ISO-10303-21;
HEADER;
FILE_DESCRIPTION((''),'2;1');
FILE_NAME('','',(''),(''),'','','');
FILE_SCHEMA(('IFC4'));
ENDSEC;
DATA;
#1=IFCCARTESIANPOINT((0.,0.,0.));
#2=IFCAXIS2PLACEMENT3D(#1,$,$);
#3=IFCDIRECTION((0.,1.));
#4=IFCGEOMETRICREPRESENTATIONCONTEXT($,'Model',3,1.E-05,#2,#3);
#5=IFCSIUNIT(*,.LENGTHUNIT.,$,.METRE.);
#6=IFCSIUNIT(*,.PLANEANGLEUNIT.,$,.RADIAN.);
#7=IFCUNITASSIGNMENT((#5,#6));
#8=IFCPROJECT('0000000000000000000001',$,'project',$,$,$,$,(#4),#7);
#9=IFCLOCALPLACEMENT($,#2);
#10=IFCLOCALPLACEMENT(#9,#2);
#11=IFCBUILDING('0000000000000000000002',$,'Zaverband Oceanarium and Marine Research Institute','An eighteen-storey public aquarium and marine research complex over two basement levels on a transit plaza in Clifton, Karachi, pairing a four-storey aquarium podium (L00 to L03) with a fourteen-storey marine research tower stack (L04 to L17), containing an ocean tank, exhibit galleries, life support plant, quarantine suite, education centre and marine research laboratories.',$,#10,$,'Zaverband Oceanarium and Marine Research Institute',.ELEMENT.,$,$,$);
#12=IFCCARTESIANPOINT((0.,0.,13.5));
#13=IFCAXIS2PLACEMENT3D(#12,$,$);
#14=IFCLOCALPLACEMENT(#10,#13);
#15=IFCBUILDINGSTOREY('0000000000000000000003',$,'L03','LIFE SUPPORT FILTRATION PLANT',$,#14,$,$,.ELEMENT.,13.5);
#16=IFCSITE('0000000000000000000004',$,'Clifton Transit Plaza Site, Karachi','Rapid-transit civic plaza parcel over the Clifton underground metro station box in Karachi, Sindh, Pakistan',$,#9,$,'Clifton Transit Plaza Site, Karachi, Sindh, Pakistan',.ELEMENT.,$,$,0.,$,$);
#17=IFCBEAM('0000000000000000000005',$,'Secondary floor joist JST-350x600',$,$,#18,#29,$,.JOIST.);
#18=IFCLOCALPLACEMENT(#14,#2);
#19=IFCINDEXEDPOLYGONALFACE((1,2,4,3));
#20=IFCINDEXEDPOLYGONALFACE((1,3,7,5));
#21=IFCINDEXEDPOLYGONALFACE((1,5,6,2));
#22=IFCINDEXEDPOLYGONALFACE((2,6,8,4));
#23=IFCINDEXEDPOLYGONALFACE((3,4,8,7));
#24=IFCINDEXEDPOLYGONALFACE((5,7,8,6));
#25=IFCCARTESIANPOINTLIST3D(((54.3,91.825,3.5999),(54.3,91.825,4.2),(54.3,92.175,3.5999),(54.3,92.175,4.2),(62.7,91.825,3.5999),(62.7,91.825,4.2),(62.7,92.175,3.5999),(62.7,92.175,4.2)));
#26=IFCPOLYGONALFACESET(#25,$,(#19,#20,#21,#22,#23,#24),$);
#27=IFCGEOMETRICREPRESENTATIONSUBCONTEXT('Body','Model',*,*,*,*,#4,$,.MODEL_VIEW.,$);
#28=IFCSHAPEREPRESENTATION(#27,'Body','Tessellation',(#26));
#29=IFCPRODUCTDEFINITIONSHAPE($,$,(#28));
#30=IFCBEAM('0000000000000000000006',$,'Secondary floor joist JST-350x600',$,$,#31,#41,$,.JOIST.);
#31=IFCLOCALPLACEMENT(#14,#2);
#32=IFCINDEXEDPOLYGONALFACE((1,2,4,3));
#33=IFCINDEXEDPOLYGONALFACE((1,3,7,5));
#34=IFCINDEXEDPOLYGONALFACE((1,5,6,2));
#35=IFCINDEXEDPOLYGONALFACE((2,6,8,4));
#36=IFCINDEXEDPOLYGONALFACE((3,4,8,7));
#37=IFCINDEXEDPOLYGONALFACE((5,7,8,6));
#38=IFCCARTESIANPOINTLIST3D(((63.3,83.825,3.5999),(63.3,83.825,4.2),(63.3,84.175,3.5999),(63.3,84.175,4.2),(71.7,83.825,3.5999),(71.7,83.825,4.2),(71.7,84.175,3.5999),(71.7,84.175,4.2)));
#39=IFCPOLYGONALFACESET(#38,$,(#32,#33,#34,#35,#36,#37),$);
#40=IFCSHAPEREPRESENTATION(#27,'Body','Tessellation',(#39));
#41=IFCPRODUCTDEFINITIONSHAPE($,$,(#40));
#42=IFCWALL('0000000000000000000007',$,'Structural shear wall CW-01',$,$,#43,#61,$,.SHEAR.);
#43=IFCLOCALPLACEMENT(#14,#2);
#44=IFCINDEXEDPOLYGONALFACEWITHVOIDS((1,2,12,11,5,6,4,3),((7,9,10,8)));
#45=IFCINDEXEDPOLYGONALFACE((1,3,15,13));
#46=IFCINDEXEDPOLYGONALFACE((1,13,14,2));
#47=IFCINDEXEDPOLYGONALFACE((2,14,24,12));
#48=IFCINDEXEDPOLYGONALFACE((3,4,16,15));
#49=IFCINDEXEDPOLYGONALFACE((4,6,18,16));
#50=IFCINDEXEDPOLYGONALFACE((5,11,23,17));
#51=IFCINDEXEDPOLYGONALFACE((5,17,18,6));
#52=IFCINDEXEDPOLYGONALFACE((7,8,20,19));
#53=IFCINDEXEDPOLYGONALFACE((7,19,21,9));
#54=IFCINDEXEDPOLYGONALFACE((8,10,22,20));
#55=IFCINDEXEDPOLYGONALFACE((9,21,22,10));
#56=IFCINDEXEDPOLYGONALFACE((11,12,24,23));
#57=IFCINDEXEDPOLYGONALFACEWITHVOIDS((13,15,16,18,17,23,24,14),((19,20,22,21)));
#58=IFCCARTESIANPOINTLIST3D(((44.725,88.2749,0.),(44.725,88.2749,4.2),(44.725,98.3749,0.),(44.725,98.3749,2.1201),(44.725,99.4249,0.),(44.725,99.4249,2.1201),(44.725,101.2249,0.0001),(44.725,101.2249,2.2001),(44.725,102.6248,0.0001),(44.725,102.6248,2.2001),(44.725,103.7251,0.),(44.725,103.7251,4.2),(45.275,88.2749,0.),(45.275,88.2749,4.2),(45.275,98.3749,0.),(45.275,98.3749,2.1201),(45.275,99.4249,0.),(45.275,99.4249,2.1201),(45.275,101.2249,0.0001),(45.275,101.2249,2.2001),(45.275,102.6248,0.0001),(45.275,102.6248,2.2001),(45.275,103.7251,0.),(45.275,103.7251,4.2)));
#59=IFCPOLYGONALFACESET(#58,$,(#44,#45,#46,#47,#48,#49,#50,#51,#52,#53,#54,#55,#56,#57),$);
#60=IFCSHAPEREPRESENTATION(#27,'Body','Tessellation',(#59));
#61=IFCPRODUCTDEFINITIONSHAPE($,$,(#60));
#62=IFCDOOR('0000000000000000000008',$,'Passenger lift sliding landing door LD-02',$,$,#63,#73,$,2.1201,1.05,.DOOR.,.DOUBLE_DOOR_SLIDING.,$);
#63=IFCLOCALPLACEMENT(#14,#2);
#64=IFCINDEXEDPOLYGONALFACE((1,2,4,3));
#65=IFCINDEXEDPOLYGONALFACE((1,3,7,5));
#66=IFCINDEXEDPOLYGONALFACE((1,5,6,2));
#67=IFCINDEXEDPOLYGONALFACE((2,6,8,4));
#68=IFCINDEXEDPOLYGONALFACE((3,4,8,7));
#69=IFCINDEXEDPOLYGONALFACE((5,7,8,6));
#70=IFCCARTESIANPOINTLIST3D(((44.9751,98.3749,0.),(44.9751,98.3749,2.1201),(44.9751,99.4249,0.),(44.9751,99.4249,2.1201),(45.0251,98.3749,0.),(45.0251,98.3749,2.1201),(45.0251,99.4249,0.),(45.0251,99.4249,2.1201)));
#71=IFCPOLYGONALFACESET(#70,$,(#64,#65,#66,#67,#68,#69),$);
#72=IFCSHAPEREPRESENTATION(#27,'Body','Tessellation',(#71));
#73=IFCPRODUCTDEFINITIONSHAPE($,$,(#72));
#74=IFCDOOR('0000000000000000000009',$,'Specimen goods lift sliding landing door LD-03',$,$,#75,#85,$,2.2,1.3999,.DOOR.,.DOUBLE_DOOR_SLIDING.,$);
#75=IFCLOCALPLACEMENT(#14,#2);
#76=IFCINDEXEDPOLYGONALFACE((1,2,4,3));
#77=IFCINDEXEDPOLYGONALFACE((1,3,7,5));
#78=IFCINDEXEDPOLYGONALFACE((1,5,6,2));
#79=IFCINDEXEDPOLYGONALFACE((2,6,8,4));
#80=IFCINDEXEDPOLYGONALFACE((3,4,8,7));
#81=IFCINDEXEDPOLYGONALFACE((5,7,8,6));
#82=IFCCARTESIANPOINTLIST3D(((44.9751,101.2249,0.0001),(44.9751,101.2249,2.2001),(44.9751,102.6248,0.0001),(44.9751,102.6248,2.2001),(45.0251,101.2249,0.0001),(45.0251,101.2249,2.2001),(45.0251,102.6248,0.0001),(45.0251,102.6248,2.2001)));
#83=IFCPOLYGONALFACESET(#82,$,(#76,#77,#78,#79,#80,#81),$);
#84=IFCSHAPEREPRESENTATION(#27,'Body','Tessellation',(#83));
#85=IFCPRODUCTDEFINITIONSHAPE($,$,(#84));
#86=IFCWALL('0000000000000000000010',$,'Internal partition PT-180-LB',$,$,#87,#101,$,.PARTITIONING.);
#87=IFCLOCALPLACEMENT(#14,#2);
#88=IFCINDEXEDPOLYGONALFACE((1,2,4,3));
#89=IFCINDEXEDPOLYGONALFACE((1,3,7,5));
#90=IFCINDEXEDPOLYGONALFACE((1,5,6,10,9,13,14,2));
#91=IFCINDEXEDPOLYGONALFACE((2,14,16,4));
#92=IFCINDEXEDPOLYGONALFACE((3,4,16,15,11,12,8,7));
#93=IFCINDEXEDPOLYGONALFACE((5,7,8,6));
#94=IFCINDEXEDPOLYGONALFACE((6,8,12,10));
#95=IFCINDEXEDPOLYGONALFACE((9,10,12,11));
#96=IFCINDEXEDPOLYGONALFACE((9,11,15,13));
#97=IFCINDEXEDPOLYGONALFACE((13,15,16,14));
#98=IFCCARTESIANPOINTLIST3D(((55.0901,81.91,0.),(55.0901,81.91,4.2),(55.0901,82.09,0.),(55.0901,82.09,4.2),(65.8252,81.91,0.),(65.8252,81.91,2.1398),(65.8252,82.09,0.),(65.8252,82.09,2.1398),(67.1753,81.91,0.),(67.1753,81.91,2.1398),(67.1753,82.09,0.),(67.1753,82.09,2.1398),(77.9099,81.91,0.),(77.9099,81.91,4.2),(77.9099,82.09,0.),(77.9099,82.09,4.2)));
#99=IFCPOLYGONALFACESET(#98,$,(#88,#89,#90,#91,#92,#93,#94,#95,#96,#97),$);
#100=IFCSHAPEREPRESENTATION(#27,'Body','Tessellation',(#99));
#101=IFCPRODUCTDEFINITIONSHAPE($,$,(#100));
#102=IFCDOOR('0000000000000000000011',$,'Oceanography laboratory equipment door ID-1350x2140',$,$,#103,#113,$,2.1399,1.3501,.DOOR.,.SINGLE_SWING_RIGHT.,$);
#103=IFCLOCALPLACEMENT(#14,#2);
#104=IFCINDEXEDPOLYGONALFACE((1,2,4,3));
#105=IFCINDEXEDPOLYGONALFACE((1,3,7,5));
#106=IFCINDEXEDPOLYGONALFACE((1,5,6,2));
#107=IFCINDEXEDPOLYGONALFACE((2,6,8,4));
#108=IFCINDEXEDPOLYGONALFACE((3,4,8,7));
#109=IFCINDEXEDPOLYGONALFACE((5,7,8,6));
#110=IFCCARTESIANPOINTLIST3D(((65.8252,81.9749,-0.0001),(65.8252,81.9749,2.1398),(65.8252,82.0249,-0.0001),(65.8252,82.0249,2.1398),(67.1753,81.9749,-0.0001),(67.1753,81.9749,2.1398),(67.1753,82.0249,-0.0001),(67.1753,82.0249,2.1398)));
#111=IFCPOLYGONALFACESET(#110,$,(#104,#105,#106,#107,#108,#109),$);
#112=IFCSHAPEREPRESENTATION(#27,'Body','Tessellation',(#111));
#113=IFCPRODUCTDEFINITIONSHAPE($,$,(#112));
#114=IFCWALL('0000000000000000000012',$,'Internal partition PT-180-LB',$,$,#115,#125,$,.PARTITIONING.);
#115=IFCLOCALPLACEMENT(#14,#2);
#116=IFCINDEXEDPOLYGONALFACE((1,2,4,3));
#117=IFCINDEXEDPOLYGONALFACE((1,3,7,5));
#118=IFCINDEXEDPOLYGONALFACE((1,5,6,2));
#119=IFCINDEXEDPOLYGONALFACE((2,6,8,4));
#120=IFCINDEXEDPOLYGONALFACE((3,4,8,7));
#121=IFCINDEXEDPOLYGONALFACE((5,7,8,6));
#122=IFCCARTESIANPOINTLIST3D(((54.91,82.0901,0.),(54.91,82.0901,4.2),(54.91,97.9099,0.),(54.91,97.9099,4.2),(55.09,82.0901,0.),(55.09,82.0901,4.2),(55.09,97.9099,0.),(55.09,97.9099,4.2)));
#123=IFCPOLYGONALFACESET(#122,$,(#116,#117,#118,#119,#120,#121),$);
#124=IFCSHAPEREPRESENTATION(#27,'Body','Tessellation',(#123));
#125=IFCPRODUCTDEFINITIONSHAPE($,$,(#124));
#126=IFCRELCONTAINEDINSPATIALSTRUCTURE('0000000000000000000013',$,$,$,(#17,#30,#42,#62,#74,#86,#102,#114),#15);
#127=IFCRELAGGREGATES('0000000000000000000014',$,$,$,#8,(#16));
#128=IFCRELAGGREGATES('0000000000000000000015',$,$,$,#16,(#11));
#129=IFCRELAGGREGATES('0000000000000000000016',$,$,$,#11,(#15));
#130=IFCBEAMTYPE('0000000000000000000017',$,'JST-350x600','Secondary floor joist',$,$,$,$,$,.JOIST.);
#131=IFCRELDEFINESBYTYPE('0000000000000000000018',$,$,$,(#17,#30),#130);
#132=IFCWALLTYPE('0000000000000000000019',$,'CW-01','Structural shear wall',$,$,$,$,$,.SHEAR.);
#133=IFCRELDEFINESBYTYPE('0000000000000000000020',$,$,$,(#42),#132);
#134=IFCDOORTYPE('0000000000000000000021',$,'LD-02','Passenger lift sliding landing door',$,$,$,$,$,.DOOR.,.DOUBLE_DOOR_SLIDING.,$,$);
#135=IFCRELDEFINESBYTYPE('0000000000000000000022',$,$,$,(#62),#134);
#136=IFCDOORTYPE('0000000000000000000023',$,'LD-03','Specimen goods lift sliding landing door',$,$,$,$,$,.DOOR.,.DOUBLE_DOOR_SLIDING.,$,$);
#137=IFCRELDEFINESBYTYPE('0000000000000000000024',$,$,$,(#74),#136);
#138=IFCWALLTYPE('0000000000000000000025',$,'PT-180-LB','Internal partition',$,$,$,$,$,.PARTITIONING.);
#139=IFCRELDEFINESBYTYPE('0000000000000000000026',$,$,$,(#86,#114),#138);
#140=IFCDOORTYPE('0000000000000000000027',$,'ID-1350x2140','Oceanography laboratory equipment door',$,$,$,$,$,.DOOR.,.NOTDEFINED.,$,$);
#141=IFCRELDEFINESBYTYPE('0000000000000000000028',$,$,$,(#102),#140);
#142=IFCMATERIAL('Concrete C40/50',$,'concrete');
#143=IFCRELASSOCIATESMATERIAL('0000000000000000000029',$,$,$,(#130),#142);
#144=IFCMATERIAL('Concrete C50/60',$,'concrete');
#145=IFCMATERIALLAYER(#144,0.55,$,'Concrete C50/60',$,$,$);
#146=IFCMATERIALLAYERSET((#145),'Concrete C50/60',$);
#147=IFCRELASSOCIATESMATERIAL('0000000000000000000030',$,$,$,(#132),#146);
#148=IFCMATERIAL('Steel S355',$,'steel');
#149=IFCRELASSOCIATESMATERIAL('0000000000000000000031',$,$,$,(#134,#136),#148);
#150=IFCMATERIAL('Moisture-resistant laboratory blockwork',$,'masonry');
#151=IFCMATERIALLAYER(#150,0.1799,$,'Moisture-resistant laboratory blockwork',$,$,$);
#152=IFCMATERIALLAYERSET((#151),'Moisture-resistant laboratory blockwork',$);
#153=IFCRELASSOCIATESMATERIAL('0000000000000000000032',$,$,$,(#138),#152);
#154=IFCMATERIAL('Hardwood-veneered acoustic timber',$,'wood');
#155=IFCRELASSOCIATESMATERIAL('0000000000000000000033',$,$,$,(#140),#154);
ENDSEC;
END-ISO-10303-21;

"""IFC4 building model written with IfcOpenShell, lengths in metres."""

from ifc_helpers import new_model, si_unit, direction, frame, frame_2d, origin, origin_2d, place, context, subcontext, project, spatial, rectangle, extrude, material, layer, layer_set, material_profile, profile_set, type_object, element, fill, save


model = new_model("IFC4")

# Units and contexts
model_context = context("Model", 3, precision=1e-05, world=origin(), true_north=direction((0.0, 1.0)))
body_context = subcontext(model_context, "Body", "Model", "MODEL_VIEW")
ifc_project = project(units=[si_unit("LENGTHUNIT", "METRE"), si_unit("PLANEANGLEUNIT", "RADIAN")], contexts=[model_context])

# Site, building, storey
site_placement = place(None, origin())
site = spatial("IfcSite", under=ifc_project, at=site_placement, Name="Clifton Transit Plaza Site, Karachi", Description="Rapid-transit civic plaza parcel over the Clifton underground metro station box in Karachi, Sindh, Pakistan", LongName="Clifton Transit Plaza Site, Karachi, Sindh, Pakistan", CompositionType="ELEMENT", RefElevation=0.0)
building_placement = place(site_placement, origin())
building = spatial("IfcBuilding", under=site, at=building_placement, Name="Zaverband Oceanarium and Marine Research Institute", Description="An eighteen-storey public aquarium and marine research complex over two basement levels on a transit plaza in Clifton, Karachi, pairing a four-storey aquarium podium (L00 to L03) with a fourteen-storey marine research tower stack (L04 to L17), containing an ocean tank, exhibit galleries, life support plant, quarantine suite, education centre and marine research laboratories.", LongName="Zaverband Oceanarium and Marine Research Institute", CompositionType="ELEMENT")
storey_placement = place(building_placement, frame((0.0, 0.0, 13.5)))
storey = spatial("IfcBuildingStorey", under=building, at=storey_placement, Name="L03", Description="LIFE SUPPORT FILTRATION PLANT", CompositionType="ELEMENT", Elevation=13.5)

# Shared definitions
ifc_material_1 = material(Name="Concrete C50/60", Category="concrete")

# Beams
ifc_material_2 = material(Name="Concrete C40/50", Category="concrete")
ifc_material_profile_1 = material_profile(ifc_material_2, rectangle(XDim=0.3501, YDim=0.6001, at=origin_2d()), Name="RC350x600")
ifc_profile_set_1 = profile_set([ifc_material_profile_1], Name="Concrete C40/50")
beam_type_1 = type_object("IfcBeamType", Name="JST-350x600", Description="Secondary floor joist", PredefinedType="JOIST", material=ifc_profile_set_1)
for number, where, z_axis, x_axis, name in (
    (1, (54.3, 92.0, 3.8999), (1.0, 0.0, 0.0), (0.0, 1.0, 0.0), "Secondary floor joist JST-350x600"),
    (2, (63.3, 84.0, 3.8999), (1.0, 0.0, 0.0), (0.0, 1.0, 0.0), "Secondary floor joist JST-350x600"),
):
    element("IfcBeam", number, at=place(storey_placement, frame(where, z_axis=z_axis, x_axis=x_axis)), inside=storey, type_object=beam_type_1, Name=name, PredefinedType="JOIST", context=body_context, shape_type="SweptSolid", body=[
        extrude(rectangle(XDim=0.3501, YDim=0.6001, at=origin_2d()), origin(), (0.0, 0.0, 1.0), 8.3999),
    ])

# Wall, openings, doors
ifc_layer_1 = layer(ifc_material_1, 0.55, Name="Concrete C50/60")
ifc_layer_set_1 = layer_set([ifc_layer_1], Name="Concrete C50/60")
wall_type_1 = type_object("IfcWallType", Name="CW-01", Description="Structural shear wall", PredefinedType="SHEAR", material=ifc_layer_set_1)
wall_1_placement = place(storey_placement, frame((45.0, 88.2749, 0.0), z_axis=(0.0, 0.0, 1.0), x_axis=(0.0, 1.0, 0.0)))
wall_1 = element("IfcWall", 3, at=wall_1_placement, inside=storey, type_object=wall_type_1, Name="Structural shear wall CW-01", PredefinedType="SHEAR", context=body_context, shape_type="SweptSolid", body=[
    extrude(rectangle(XDim=15.4502, YDim=0.55, at=frame_2d((7.7251, 0.0))), origin(), (0.0, 0.0, 1.0), 4.2),
])
opening_1_placement = place(wall_1_placement, frame((10.1001, 0.0, 0.0)))
opening_1 = element("IfcOpeningElement", 4, at=opening_1_placement, cuts=wall_1, PredefinedType="OPENING", context=body_context, shape_type="SweptSolid", body=[
    extrude(rectangle(XDim=1.05, YDim=2.1201, at=frame_2d((0.5249, 1.0601))), frame((0.0, 0.2871, 0.0), z_axis=(0.0, -1.0, 0.0), x_axis=(1.0, 0.0, 0.0)), (0.0, 0.0, 1.0), 0.574),
])
opening_2_placement = place(wall_1_placement, frame((12.95, 0.0, 0.0)))
opening_2 = element("IfcOpeningElement", 5, at=opening_2_placement, cuts=wall_1, PredefinedType="OPENING", context=body_context, shape_type="SweptSolid", body=[
    extrude(rectangle(XDim=1.3999, YDim=2.2, at=frame_2d((0.7, 1.1001))), frame((0.0, 0.2871, 0.0), z_axis=(0.0, -1.0, 0.0), x_axis=(1.0, 0.0, 0.0)), (0.0, 0.0, 1.0), 0.574),
])
ifc_material_3 = material(Name="Steel S355", Category="steel")
door_type_1 = type_object("IfcDoorType", Name="LD-02", Description="Passenger lift sliding landing door", OperationType="DOUBLE_DOOR_SLIDING", PredefinedType="DOOR", material=ifc_material_3)
door_1_placement = place(opening_1_placement, origin())
door_1 = element("IfcDoor", 6, at=door_1_placement, inside=storey, type_object=door_type_1, Name="Passenger lift sliding landing door LD-02", OperationType="DOUBLE_DOOR_SLIDING", OverallHeight=2.1201, OverallWidth=1.05, PredefinedType="DOOR", context=body_context, shape_type="SweptSolid", body=[
    extrude(rectangle(XDim=1.05, YDim=2.1201, at=frame_2d((0.5249, 1.0601))), frame((0.0, 0.0249, 0.0), z_axis=(0.0, -1.0, 0.0), x_axis=(1.0, 0.0, 0.0)), (0.0, 0.0, 1.0), 0.05),
])
fill(opening_1, door_1)
door_type_2 = type_object("IfcDoorType", Name="LD-03", Description="Specimen goods lift sliding landing door", OperationType="DOUBLE_DOOR_SLIDING", PredefinedType="DOOR", material=ifc_material_3)
door_2_placement = place(opening_2_placement, origin())
door_2 = element("IfcDoor", 7, at=door_2_placement, inside=storey, type_object=door_type_2, Name="Specimen goods lift sliding landing door LD-03", OperationType="DOUBLE_DOOR_SLIDING", OverallHeight=2.2, OverallWidth=1.3999, PredefinedType="DOOR", context=body_context, shape_type="SweptSolid", body=[
    extrude(rectangle(XDim=1.3999, YDim=2.2, at=frame_2d((0.7, 1.1001))), frame((0.0, 0.0249, 0.0), z_axis=(0.0, -1.0, 0.0), x_axis=(1.0, 0.0, 0.0)), (0.0, 0.0, 1.0), 0.05),
])
fill(opening_2, door_2)

# Wall, opening, door
ifc_material_4 = material(Name="Moisture-resistant laboratory blockwork", Category="masonry")
ifc_layer_2 = layer(ifc_material_4, 0.1799, Name="Moisture-resistant laboratory blockwork")
ifc_layer_set_2 = layer_set([ifc_layer_2], Name="Moisture-resistant laboratory blockwork")
wall_type_2 = type_object("IfcWallType", Name="PT-180-LB", Description="Internal partition", PredefinedType="PARTITIONING", material=ifc_layer_set_2)
wall_2_placement = place(storey_placement, frame((55.0901, 82.0, 0.0), z_axis=(0.0, 0.0, 1.0), x_axis=(1.0, 0.0, 0.0)))
wall_2 = element("IfcWall", 8, at=wall_2_placement, inside=storey, type_object=wall_type_2, Name="Internal partition PT-180-LB", PredefinedType="PARTITIONING", context=body_context, shape_type="SweptSolid", body=[
    extrude(rectangle(XDim=22.8198, YDim=0.1799, at=frame_2d((11.4099, 0.0))), origin(), (0.0, 0.0, 1.0), 4.2),
])
opening_3_placement = place(wall_2_placement, frame((10.7351, 0.0, 0.0)))
opening_3 = element("IfcOpeningElement", 9, at=opening_3_placement, cuts=wall_2, PredefinedType="OPENING", context=body_context, shape_type="SweptSolid", body=[
    extrude(rectangle(XDim=1.3501, YDim=2.1399, at=frame_2d((0.675, 1.0698))), frame((0.0, 0.1021, 0.0), z_axis=(0.0, -1.0, 0.0), x_axis=(1.0, 0.0, 0.0)), (0.0, 0.0, 1.0), 0.2039),
])
ifc_material_5 = material(Name="Hardwood-veneered acoustic timber", Category="wood")
door_type_3 = type_object("IfcDoorType", Name="ID-1350x2140", Description="Oceanography laboratory equipment door", OperationType="NOTDEFINED", PredefinedType="DOOR", material=ifc_material_5)
door_3_placement = place(opening_3_placement, origin())
door_3 = element("IfcDoor", 10, at=door_3_placement, inside=storey, type_object=door_type_3, Name="Oceanography laboratory equipment door ID-1350x2140", OperationType="SINGLE_SWING_RIGHT", OverallHeight=2.1399, OverallWidth=1.3501, PredefinedType="DOOR", context=body_context, shape_type="SweptSolid", body=[
    extrude(rectangle(XDim=1.3501, YDim=2.1399, at=frame_2d((0.675, 1.0698))), frame((0.0, 0.0249, 0.0), z_axis=(0.0, -1.0, 0.0), x_axis=(1.0, 0.0, 0.0)), (0.0, 0.0, 1.0), 0.05),
])
fill(opening_3, door_3)

# Wall
wall_3_placement = place(storey_placement, frame((55.0, 82.0901, 0.0), z_axis=(0.0, 0.0, 1.0), x_axis=(0.0, 1.0, 0.0)))
element("IfcWall", 11, at=wall_3_placement, inside=storey, type_object=wall_type_2, Name="Internal partition PT-180-LB", PredefinedType="PARTITIONING", context=body_context, shape_type="SweptSolid", body=[
    extrude(rectangle(XDim=15.8198, YDim=0.1799, at=frame_2d((7.9099, 0.0))), origin(), (0.0, 0.0, 1.0), 4.2),
])

save(model, "model.ifc")
